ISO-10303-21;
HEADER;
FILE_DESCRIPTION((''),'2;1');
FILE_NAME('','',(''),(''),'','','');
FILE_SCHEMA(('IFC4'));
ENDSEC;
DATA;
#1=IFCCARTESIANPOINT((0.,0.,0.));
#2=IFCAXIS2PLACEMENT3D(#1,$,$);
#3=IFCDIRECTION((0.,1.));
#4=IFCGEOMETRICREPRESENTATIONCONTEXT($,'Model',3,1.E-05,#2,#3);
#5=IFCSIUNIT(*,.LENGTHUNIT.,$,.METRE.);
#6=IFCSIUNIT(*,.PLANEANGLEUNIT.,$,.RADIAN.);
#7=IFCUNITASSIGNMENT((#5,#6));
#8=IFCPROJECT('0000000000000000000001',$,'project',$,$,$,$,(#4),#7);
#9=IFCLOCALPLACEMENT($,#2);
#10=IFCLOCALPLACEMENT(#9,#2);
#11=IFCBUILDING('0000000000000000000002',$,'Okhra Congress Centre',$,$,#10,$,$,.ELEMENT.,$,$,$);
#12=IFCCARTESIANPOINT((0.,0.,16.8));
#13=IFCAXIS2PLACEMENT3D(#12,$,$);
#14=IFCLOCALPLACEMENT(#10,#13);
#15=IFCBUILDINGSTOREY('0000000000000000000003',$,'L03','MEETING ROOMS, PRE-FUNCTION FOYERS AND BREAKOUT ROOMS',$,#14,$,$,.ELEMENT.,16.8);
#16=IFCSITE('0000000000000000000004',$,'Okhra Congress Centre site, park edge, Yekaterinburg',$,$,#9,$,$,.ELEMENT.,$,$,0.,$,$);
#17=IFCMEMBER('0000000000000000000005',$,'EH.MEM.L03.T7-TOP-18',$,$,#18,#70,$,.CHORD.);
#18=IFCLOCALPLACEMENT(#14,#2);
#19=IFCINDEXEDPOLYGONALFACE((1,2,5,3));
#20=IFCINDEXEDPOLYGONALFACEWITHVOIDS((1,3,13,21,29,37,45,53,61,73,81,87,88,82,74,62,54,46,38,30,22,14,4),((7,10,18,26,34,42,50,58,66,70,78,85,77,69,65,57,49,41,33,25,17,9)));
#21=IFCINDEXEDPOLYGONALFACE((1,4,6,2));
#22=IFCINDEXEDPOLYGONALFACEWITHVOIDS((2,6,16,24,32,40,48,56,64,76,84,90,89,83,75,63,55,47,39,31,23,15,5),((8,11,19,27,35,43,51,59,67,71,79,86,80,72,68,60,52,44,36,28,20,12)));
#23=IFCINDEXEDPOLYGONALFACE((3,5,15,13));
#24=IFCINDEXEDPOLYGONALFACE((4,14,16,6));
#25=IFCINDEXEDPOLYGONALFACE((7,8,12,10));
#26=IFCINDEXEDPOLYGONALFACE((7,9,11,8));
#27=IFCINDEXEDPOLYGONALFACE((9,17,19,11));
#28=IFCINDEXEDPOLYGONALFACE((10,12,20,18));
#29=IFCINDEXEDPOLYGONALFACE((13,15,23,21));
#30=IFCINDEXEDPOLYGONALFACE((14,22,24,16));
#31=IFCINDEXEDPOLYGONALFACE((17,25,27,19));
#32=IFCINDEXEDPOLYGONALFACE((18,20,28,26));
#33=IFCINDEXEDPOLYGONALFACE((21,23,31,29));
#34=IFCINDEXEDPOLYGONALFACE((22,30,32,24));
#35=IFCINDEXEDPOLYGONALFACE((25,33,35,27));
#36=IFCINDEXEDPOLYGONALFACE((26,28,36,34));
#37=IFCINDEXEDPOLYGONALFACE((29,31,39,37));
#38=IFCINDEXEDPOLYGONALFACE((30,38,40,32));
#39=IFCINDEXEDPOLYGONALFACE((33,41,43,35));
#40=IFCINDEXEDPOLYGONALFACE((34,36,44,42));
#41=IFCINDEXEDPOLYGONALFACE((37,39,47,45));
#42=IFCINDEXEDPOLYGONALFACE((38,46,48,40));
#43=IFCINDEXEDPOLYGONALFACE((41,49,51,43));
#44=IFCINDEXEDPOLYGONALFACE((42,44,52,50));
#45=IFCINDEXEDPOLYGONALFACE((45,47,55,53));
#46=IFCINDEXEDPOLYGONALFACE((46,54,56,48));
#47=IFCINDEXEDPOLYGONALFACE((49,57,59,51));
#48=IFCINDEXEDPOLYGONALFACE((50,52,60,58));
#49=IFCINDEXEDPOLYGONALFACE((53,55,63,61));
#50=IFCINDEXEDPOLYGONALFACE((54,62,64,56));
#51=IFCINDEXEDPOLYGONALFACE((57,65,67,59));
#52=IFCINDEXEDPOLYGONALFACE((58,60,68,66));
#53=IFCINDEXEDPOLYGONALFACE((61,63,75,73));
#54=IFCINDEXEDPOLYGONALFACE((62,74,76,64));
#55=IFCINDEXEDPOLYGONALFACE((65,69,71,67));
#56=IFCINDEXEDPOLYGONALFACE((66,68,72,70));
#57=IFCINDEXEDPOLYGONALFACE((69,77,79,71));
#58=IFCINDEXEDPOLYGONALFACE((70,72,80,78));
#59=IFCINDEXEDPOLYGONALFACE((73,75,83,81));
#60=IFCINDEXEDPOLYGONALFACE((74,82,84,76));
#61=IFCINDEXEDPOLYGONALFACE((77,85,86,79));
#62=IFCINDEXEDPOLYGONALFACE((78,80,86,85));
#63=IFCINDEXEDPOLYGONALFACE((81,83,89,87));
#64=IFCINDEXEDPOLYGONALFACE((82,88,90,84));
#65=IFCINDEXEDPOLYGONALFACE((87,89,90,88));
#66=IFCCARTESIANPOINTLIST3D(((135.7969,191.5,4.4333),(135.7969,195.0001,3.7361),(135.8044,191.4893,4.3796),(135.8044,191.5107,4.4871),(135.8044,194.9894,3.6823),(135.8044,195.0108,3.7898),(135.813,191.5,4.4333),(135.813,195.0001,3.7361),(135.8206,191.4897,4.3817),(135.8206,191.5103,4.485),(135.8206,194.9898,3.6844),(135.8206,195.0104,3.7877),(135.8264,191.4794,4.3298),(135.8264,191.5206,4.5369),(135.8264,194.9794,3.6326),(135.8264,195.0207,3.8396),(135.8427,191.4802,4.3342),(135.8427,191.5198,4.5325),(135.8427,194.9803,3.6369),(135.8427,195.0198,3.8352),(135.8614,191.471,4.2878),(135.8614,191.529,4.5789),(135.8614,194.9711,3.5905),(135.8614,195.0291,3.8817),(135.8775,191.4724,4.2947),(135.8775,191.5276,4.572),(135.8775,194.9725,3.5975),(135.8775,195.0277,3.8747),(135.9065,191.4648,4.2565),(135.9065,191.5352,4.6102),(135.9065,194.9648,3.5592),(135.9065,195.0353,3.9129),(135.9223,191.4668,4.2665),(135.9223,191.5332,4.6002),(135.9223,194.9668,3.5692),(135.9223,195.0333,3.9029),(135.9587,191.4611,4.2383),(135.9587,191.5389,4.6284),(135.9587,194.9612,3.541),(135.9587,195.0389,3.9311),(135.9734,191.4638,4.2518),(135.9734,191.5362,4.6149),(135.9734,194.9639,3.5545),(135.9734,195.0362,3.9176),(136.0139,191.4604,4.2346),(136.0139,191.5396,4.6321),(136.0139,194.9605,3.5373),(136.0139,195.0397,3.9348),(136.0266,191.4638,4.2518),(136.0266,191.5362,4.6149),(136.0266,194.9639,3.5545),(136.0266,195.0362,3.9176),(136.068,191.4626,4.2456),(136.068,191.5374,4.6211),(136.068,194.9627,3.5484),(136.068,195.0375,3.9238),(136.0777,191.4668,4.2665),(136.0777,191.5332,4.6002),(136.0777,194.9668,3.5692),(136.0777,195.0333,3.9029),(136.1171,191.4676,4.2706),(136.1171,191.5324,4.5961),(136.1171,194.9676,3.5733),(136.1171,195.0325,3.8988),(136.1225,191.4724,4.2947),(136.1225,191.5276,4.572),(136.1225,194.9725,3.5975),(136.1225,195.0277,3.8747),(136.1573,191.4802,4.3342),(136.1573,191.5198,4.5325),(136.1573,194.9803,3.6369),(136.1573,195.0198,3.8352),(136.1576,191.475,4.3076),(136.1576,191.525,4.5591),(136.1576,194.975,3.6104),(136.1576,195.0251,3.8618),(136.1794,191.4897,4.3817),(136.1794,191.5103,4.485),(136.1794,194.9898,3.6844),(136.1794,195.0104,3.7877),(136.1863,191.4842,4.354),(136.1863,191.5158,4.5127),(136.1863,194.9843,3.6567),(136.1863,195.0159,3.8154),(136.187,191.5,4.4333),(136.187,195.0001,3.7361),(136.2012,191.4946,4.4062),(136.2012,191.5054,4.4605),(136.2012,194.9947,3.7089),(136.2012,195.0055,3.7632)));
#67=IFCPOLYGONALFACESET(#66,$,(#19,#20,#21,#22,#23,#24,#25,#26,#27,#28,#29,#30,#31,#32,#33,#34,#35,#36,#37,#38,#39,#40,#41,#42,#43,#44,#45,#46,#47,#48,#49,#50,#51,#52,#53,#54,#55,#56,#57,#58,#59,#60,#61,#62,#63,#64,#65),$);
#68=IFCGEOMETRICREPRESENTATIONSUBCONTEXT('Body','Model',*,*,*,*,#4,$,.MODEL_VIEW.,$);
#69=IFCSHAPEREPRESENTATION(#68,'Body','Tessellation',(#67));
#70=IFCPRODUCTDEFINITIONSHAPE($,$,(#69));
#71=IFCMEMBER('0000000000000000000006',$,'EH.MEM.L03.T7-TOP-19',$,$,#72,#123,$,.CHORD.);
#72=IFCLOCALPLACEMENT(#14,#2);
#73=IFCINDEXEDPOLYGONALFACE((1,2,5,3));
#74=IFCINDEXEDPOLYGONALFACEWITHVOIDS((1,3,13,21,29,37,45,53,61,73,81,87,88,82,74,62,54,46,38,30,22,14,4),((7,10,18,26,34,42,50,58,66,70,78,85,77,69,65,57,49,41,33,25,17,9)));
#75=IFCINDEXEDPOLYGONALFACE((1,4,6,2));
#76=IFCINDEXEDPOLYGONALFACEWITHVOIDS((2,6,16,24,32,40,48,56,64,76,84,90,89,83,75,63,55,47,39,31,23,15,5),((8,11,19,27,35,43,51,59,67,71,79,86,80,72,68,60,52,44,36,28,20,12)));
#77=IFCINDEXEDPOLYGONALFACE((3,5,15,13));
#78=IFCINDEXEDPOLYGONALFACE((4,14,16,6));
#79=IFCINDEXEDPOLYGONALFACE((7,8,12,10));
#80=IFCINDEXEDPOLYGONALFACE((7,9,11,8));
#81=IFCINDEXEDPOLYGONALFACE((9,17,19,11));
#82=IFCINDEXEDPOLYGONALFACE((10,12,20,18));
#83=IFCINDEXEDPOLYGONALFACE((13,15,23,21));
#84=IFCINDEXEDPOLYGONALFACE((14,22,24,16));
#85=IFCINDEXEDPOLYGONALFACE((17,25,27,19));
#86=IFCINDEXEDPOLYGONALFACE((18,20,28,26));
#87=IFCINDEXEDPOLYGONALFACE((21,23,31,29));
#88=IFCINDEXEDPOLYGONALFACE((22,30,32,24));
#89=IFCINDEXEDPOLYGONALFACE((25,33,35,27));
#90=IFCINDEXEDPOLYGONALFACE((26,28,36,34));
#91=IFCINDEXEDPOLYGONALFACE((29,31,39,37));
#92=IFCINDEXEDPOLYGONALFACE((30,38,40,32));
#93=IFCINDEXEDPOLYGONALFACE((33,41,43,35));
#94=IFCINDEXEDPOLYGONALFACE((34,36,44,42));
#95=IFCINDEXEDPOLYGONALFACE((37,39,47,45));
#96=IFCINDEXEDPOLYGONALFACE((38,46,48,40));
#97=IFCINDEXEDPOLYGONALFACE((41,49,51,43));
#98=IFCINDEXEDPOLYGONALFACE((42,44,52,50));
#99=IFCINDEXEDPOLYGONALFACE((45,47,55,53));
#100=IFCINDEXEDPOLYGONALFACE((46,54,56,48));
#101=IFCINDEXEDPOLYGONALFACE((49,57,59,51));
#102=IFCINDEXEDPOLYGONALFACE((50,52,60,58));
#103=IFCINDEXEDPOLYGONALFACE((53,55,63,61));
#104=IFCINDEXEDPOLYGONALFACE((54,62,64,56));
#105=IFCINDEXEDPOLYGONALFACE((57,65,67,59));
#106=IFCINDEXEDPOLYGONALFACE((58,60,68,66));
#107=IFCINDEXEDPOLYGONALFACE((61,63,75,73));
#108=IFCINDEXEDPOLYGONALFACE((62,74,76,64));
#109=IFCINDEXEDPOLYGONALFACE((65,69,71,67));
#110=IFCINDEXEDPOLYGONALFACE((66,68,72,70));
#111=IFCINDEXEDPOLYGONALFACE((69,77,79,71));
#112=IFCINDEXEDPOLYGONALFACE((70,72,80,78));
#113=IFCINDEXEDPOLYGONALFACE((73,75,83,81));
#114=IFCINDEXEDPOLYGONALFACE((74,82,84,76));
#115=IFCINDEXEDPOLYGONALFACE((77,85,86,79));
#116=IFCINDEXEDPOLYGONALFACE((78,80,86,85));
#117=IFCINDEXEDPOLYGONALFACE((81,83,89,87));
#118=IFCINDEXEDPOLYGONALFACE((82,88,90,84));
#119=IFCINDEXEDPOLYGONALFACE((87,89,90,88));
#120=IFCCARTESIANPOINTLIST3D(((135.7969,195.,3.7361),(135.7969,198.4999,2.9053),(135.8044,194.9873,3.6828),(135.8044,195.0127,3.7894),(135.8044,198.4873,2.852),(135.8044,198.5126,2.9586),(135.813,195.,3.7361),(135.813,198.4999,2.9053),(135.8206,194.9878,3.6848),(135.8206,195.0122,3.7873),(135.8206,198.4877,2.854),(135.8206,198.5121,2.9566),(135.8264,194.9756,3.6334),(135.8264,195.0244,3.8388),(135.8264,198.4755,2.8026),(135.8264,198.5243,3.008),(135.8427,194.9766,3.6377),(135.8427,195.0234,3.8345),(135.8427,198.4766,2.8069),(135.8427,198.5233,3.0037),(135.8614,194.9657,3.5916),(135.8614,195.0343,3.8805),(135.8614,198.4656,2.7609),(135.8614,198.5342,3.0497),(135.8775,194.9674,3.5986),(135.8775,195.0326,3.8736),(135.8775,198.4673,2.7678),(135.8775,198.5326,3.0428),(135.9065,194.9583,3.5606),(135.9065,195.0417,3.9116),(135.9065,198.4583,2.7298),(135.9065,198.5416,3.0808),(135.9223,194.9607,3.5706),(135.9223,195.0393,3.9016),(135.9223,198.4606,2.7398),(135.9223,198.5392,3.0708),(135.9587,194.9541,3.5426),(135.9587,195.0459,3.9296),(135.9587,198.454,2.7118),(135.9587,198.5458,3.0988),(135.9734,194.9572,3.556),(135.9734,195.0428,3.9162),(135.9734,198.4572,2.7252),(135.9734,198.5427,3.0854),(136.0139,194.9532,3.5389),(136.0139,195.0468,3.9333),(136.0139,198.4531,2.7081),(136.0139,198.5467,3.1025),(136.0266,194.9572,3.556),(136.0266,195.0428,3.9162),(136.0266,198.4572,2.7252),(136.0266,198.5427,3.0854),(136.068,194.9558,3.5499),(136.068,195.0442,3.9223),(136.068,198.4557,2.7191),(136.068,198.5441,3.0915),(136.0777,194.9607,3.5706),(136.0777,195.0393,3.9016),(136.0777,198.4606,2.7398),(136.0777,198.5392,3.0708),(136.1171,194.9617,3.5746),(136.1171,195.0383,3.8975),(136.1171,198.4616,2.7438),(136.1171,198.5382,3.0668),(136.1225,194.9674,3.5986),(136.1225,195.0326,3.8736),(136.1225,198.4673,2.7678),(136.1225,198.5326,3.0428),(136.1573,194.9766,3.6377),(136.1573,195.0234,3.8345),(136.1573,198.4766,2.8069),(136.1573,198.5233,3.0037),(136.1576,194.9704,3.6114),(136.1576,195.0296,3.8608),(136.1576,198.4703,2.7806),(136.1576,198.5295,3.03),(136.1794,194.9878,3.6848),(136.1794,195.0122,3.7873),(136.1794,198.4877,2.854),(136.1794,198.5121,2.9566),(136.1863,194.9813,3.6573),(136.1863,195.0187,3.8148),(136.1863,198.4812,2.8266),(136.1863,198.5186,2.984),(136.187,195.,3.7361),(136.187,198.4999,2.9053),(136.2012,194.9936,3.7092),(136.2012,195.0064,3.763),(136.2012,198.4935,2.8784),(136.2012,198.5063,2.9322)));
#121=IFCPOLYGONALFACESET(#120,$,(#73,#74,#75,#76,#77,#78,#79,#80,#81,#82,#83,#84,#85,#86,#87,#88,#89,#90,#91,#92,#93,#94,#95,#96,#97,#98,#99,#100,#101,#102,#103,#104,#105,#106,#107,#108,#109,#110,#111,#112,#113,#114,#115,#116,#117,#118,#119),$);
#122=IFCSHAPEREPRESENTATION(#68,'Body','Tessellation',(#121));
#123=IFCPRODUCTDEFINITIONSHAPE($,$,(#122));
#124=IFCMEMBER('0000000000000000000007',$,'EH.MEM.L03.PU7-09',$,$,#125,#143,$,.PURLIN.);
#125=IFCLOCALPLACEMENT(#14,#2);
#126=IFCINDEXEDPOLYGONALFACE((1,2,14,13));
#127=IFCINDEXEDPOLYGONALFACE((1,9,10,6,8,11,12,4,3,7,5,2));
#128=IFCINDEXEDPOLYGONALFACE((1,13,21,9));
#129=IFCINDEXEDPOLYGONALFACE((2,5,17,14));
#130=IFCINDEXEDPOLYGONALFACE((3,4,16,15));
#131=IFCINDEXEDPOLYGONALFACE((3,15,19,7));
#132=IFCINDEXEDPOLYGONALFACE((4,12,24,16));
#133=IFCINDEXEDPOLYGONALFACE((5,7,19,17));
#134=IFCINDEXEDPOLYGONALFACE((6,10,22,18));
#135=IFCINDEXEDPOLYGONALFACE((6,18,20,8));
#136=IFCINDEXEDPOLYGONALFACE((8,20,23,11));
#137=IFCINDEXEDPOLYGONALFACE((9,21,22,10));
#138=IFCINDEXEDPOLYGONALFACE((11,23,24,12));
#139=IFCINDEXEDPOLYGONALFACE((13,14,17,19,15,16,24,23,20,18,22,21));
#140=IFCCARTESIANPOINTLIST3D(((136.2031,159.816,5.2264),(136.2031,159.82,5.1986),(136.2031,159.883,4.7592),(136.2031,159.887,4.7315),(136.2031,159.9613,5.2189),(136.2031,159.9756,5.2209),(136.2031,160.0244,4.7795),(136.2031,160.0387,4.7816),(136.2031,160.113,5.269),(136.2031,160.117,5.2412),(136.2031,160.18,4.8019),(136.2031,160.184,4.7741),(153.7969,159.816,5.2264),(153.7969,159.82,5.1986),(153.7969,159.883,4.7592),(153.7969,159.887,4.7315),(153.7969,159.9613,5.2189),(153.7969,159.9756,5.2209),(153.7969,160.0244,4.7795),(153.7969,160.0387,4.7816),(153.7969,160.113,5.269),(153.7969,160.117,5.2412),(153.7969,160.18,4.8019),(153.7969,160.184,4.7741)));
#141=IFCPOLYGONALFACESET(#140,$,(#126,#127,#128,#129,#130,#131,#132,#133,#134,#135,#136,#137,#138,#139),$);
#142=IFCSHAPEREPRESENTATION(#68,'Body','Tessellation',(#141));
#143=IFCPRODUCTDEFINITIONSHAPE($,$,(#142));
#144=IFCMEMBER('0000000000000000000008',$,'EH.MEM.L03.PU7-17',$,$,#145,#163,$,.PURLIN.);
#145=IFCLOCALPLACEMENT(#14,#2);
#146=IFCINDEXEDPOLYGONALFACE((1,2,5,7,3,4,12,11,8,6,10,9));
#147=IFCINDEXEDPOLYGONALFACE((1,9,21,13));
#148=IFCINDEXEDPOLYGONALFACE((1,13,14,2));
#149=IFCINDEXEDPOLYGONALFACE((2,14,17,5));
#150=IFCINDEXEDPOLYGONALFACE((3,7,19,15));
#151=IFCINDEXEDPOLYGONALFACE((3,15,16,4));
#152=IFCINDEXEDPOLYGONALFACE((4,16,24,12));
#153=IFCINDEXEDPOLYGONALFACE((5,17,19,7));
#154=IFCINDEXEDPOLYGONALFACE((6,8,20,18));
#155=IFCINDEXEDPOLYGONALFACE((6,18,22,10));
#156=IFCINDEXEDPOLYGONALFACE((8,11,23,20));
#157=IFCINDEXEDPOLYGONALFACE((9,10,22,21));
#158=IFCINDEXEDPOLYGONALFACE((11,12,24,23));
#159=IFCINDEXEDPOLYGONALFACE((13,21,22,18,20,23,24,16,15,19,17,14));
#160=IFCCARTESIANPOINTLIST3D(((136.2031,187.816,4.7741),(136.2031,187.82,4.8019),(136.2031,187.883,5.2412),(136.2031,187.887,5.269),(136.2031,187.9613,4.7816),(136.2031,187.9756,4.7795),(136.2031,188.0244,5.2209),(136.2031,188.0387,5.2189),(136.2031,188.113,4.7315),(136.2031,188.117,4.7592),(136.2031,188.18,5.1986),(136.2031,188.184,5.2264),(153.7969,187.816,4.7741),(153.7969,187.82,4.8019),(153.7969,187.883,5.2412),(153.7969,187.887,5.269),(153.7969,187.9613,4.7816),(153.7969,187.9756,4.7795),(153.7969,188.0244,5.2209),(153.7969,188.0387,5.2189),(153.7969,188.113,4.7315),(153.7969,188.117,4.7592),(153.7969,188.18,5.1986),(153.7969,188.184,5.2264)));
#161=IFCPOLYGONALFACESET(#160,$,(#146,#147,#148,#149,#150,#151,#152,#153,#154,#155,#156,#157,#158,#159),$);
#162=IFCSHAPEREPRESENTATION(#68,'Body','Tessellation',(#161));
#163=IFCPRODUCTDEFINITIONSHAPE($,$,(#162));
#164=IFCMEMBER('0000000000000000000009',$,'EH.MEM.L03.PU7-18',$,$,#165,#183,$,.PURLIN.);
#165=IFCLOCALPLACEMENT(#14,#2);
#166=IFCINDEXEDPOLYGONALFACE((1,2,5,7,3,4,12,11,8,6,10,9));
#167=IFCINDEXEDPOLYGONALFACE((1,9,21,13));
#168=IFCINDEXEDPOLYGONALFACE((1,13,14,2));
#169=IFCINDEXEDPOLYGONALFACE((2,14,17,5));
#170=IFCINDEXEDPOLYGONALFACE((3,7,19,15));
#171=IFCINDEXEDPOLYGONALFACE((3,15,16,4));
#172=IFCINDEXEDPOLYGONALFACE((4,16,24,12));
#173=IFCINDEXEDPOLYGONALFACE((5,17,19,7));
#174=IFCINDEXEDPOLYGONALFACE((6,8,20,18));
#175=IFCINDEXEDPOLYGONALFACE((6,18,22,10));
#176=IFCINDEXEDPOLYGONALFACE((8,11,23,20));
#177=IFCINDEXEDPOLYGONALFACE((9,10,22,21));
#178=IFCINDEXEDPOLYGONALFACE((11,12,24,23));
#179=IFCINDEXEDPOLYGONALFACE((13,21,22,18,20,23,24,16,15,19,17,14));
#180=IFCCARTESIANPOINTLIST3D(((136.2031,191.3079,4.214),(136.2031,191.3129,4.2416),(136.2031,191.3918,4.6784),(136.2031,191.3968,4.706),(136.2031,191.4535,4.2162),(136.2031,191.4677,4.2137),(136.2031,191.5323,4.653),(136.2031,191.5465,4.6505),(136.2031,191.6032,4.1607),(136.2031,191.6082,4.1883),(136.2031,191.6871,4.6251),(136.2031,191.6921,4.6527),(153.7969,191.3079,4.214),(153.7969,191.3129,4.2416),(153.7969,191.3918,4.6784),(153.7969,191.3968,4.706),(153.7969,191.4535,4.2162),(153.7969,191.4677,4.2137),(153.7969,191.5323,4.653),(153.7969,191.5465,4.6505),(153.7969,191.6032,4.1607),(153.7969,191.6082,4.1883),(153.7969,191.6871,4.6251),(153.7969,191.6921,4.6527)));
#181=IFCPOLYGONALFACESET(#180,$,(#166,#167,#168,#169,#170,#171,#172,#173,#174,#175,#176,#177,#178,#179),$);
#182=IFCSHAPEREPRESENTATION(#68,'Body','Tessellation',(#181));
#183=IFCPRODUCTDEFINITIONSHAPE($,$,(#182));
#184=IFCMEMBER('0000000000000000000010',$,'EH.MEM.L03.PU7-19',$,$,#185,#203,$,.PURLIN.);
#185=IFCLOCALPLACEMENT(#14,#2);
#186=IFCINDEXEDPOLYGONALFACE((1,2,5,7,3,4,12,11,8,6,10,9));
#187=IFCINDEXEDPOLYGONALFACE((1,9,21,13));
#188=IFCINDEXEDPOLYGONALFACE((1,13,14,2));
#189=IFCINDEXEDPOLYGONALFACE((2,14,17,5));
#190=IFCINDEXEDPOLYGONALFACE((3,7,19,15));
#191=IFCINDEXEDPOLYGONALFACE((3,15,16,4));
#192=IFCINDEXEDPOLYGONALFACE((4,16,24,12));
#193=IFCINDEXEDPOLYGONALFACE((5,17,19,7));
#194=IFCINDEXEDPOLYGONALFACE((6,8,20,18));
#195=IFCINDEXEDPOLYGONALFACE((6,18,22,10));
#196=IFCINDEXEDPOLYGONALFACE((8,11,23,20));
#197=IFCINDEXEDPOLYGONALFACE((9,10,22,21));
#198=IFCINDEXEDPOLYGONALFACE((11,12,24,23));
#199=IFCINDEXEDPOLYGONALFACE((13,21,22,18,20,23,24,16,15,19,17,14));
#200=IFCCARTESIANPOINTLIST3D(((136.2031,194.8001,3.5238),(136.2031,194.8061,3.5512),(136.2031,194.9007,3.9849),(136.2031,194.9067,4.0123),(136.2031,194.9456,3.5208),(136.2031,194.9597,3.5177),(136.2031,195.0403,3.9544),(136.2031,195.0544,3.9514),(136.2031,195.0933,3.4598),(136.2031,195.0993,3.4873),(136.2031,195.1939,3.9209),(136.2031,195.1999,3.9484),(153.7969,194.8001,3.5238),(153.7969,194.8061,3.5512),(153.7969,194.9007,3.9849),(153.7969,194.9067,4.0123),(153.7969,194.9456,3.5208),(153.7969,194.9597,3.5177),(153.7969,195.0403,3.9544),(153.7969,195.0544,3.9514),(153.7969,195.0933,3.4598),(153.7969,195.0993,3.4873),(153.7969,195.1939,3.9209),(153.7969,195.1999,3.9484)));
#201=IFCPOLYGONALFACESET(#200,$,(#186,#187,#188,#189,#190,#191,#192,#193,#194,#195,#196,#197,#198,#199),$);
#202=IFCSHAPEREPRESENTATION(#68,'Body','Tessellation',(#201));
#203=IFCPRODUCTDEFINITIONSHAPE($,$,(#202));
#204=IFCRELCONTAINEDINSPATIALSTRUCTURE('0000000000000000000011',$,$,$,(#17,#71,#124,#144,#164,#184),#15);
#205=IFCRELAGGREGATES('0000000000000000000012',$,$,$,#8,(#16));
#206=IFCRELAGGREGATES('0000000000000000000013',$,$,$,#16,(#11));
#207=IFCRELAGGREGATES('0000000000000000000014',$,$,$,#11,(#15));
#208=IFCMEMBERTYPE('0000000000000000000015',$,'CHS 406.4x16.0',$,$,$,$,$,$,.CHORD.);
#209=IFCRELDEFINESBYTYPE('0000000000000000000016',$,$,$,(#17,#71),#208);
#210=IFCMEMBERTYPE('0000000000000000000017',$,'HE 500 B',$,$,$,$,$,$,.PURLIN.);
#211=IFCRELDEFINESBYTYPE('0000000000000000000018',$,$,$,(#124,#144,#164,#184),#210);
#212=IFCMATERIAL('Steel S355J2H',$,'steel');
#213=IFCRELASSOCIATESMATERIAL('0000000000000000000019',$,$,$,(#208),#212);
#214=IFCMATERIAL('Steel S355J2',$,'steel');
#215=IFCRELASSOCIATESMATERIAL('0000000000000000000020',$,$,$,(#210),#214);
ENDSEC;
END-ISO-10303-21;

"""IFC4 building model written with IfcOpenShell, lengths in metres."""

from ifc_helpers import new_model, si_unit, direction, frame, origin, origin_2d, place, context, subcontext, project, spatial, hollow_circle, i_section, extrude, material, material_profile, profile_set, type_object, element, save


model = new_model("IFC4")

# Units and contexts
model_context = context("Model", 3, precision=1e-05, world=origin(), true_north=direction((0.0, 1.0)))
body_context = subcontext(model_context, "Body", "Model", "MODEL_VIEW")
ifc_project = project(units=[si_unit("LENGTHUNIT", "METRE"), si_unit("PLANEANGLEUNIT", "RADIAN")], contexts=[model_context])

# Site, building, storey
site_placement = place(None, origin())
site = spatial("IfcSite", under=ifc_project, at=site_placement, Name="Okhra Congress Centre site, park edge, Yekaterinburg", CompositionType="ELEMENT", RefElevation=0.0)
building_placement = place(site_placement, origin())
building = spatial("IfcBuilding", under=site, at=building_placement, Name="Okhra Congress Centre", CompositionType="ELEMENT")
storey_placement = place(building_placement, frame((0.0, 0.0, 16.8)))
storey = spatial("IfcBuildingStorey", under=building, at=storey_placement, Name="L03", Description="MEETING ROOMS, PRE-FUNCTION FOYERS AND BREAKOUT ROOMS", CompositionType="ELEMENT", Elevation=16.8)

# Members
ifc_material_1 = material(Name="Steel S355J2H", Category="steel")
ifc_material_profile_1 = material_profile(ifc_material_1, hollow_circle(Radius=0.2031, WallThickness=0.0161, at=origin_2d()), Name="CHS 406.4x16.0")
ifc_profile_set_1 = profile_set([ifc_material_profile_1], Name="Steel S355J2H")
member_type_1 = type_object("IfcMemberType", Name="CHS 406.4x16.0", PredefinedType="CHORD", material=ifc_profile_set_1)
member_1_placement = place(storey_placement, frame((136.0, 191.5, 4.4333), z_axis=(0.0, 0.980728, -0.195379), x_axis=(-1.0, 0.0, 0.0)))
element("IfcMember", 1, at=member_1_placement, inside=storey, type_object=member_type_1, Name="EH.MEM.L03.T7-TOP-18", PredefinedType="CHORD", context=body_context, shape_type="SweptSolid", body=[
    extrude(hollow_circle(Radius=0.2031, WallThickness=0.0161, at=origin_2d()), origin(), (0.0, 0.0, 1.0), 3.5688),
])
member_2_placement = place(storey_placement, frame((136.0, 195.0, 3.7361), z_axis=(0.0, 0.972964, -0.230957), x_axis=(-1.0, 0.0, 0.0)))
element("IfcMember", 2, at=member_2_placement, inside=storey, type_object=member_type_1, Name="EH.MEM.L03.T7-TOP-19", PredefinedType="CHORD", context=body_context, shape_type="SweptSolid", body=[
    extrude(hollow_circle(Radius=0.2031, WallThickness=0.0161, at=origin_2d()), origin(), (0.0, 0.0, 1.0), 3.5972),
])
ifc_material_2 = material(Name="Steel S355J2", Category="steel")
ifc_material_profile_2 = material_profile(ifc_material_2, i_section(OverallWidth=0.3, OverallDepth=0.5, WebThickness=0.0144, FlangeThickness=0.0281, at=origin_2d()), Name="HE 500 B")
ifc_profile_set_2 = profile_set([ifc_material_profile_2], Name="Steel S355J2")
member_type_2 = type_object("IfcMemberType", Name="HE 500 B", PredefinedType="PURLIN", material=ifc_profile_set_2)
for number, where, z_axis, x_axis, name in (
    (3, (136.2031, 160.0, 5.0002), (1.0, 0.0, 0.0), (0.0, 0.989847, 0.142135), "EH.MEM.L03.PU7-09"),
    (4, (136.2031, 188.0, 5.0002), (1.0, 0.0, 0.0), (0.0, 0.989847, -0.142135), "EH.MEM.L03.PU7-17"),
    (5, (136.2031, 191.5, 4.4333), (1.0, 0.0, 0.0), (0.0, 0.98409, -0.177669), "EH.MEM.L03.PU7-18"),
    (6, (136.2031, 195.0, 3.7361), (1.0, 0.0, 0.0), (0.0, 0.977008, -0.213204), "EH.MEM.L03.PU7-19"),
):
    element("IfcMember", number, at=place(storey_placement, frame(where, z_axis=z_axis, x_axis=x_axis)), inside=storey, type_object=member_type_2, Name=name, PredefinedType="PURLIN", context=body_context, shape_type="SweptSolid", body=[
        extrude(i_section(OverallWidth=0.3, OverallDepth=0.5, WebThickness=0.0144, FlangeThickness=0.0281, at=origin_2d()), origin(), (0.0, 0.0, 1.0), 17.5938),
    ])

save(model, "model.ifc")
